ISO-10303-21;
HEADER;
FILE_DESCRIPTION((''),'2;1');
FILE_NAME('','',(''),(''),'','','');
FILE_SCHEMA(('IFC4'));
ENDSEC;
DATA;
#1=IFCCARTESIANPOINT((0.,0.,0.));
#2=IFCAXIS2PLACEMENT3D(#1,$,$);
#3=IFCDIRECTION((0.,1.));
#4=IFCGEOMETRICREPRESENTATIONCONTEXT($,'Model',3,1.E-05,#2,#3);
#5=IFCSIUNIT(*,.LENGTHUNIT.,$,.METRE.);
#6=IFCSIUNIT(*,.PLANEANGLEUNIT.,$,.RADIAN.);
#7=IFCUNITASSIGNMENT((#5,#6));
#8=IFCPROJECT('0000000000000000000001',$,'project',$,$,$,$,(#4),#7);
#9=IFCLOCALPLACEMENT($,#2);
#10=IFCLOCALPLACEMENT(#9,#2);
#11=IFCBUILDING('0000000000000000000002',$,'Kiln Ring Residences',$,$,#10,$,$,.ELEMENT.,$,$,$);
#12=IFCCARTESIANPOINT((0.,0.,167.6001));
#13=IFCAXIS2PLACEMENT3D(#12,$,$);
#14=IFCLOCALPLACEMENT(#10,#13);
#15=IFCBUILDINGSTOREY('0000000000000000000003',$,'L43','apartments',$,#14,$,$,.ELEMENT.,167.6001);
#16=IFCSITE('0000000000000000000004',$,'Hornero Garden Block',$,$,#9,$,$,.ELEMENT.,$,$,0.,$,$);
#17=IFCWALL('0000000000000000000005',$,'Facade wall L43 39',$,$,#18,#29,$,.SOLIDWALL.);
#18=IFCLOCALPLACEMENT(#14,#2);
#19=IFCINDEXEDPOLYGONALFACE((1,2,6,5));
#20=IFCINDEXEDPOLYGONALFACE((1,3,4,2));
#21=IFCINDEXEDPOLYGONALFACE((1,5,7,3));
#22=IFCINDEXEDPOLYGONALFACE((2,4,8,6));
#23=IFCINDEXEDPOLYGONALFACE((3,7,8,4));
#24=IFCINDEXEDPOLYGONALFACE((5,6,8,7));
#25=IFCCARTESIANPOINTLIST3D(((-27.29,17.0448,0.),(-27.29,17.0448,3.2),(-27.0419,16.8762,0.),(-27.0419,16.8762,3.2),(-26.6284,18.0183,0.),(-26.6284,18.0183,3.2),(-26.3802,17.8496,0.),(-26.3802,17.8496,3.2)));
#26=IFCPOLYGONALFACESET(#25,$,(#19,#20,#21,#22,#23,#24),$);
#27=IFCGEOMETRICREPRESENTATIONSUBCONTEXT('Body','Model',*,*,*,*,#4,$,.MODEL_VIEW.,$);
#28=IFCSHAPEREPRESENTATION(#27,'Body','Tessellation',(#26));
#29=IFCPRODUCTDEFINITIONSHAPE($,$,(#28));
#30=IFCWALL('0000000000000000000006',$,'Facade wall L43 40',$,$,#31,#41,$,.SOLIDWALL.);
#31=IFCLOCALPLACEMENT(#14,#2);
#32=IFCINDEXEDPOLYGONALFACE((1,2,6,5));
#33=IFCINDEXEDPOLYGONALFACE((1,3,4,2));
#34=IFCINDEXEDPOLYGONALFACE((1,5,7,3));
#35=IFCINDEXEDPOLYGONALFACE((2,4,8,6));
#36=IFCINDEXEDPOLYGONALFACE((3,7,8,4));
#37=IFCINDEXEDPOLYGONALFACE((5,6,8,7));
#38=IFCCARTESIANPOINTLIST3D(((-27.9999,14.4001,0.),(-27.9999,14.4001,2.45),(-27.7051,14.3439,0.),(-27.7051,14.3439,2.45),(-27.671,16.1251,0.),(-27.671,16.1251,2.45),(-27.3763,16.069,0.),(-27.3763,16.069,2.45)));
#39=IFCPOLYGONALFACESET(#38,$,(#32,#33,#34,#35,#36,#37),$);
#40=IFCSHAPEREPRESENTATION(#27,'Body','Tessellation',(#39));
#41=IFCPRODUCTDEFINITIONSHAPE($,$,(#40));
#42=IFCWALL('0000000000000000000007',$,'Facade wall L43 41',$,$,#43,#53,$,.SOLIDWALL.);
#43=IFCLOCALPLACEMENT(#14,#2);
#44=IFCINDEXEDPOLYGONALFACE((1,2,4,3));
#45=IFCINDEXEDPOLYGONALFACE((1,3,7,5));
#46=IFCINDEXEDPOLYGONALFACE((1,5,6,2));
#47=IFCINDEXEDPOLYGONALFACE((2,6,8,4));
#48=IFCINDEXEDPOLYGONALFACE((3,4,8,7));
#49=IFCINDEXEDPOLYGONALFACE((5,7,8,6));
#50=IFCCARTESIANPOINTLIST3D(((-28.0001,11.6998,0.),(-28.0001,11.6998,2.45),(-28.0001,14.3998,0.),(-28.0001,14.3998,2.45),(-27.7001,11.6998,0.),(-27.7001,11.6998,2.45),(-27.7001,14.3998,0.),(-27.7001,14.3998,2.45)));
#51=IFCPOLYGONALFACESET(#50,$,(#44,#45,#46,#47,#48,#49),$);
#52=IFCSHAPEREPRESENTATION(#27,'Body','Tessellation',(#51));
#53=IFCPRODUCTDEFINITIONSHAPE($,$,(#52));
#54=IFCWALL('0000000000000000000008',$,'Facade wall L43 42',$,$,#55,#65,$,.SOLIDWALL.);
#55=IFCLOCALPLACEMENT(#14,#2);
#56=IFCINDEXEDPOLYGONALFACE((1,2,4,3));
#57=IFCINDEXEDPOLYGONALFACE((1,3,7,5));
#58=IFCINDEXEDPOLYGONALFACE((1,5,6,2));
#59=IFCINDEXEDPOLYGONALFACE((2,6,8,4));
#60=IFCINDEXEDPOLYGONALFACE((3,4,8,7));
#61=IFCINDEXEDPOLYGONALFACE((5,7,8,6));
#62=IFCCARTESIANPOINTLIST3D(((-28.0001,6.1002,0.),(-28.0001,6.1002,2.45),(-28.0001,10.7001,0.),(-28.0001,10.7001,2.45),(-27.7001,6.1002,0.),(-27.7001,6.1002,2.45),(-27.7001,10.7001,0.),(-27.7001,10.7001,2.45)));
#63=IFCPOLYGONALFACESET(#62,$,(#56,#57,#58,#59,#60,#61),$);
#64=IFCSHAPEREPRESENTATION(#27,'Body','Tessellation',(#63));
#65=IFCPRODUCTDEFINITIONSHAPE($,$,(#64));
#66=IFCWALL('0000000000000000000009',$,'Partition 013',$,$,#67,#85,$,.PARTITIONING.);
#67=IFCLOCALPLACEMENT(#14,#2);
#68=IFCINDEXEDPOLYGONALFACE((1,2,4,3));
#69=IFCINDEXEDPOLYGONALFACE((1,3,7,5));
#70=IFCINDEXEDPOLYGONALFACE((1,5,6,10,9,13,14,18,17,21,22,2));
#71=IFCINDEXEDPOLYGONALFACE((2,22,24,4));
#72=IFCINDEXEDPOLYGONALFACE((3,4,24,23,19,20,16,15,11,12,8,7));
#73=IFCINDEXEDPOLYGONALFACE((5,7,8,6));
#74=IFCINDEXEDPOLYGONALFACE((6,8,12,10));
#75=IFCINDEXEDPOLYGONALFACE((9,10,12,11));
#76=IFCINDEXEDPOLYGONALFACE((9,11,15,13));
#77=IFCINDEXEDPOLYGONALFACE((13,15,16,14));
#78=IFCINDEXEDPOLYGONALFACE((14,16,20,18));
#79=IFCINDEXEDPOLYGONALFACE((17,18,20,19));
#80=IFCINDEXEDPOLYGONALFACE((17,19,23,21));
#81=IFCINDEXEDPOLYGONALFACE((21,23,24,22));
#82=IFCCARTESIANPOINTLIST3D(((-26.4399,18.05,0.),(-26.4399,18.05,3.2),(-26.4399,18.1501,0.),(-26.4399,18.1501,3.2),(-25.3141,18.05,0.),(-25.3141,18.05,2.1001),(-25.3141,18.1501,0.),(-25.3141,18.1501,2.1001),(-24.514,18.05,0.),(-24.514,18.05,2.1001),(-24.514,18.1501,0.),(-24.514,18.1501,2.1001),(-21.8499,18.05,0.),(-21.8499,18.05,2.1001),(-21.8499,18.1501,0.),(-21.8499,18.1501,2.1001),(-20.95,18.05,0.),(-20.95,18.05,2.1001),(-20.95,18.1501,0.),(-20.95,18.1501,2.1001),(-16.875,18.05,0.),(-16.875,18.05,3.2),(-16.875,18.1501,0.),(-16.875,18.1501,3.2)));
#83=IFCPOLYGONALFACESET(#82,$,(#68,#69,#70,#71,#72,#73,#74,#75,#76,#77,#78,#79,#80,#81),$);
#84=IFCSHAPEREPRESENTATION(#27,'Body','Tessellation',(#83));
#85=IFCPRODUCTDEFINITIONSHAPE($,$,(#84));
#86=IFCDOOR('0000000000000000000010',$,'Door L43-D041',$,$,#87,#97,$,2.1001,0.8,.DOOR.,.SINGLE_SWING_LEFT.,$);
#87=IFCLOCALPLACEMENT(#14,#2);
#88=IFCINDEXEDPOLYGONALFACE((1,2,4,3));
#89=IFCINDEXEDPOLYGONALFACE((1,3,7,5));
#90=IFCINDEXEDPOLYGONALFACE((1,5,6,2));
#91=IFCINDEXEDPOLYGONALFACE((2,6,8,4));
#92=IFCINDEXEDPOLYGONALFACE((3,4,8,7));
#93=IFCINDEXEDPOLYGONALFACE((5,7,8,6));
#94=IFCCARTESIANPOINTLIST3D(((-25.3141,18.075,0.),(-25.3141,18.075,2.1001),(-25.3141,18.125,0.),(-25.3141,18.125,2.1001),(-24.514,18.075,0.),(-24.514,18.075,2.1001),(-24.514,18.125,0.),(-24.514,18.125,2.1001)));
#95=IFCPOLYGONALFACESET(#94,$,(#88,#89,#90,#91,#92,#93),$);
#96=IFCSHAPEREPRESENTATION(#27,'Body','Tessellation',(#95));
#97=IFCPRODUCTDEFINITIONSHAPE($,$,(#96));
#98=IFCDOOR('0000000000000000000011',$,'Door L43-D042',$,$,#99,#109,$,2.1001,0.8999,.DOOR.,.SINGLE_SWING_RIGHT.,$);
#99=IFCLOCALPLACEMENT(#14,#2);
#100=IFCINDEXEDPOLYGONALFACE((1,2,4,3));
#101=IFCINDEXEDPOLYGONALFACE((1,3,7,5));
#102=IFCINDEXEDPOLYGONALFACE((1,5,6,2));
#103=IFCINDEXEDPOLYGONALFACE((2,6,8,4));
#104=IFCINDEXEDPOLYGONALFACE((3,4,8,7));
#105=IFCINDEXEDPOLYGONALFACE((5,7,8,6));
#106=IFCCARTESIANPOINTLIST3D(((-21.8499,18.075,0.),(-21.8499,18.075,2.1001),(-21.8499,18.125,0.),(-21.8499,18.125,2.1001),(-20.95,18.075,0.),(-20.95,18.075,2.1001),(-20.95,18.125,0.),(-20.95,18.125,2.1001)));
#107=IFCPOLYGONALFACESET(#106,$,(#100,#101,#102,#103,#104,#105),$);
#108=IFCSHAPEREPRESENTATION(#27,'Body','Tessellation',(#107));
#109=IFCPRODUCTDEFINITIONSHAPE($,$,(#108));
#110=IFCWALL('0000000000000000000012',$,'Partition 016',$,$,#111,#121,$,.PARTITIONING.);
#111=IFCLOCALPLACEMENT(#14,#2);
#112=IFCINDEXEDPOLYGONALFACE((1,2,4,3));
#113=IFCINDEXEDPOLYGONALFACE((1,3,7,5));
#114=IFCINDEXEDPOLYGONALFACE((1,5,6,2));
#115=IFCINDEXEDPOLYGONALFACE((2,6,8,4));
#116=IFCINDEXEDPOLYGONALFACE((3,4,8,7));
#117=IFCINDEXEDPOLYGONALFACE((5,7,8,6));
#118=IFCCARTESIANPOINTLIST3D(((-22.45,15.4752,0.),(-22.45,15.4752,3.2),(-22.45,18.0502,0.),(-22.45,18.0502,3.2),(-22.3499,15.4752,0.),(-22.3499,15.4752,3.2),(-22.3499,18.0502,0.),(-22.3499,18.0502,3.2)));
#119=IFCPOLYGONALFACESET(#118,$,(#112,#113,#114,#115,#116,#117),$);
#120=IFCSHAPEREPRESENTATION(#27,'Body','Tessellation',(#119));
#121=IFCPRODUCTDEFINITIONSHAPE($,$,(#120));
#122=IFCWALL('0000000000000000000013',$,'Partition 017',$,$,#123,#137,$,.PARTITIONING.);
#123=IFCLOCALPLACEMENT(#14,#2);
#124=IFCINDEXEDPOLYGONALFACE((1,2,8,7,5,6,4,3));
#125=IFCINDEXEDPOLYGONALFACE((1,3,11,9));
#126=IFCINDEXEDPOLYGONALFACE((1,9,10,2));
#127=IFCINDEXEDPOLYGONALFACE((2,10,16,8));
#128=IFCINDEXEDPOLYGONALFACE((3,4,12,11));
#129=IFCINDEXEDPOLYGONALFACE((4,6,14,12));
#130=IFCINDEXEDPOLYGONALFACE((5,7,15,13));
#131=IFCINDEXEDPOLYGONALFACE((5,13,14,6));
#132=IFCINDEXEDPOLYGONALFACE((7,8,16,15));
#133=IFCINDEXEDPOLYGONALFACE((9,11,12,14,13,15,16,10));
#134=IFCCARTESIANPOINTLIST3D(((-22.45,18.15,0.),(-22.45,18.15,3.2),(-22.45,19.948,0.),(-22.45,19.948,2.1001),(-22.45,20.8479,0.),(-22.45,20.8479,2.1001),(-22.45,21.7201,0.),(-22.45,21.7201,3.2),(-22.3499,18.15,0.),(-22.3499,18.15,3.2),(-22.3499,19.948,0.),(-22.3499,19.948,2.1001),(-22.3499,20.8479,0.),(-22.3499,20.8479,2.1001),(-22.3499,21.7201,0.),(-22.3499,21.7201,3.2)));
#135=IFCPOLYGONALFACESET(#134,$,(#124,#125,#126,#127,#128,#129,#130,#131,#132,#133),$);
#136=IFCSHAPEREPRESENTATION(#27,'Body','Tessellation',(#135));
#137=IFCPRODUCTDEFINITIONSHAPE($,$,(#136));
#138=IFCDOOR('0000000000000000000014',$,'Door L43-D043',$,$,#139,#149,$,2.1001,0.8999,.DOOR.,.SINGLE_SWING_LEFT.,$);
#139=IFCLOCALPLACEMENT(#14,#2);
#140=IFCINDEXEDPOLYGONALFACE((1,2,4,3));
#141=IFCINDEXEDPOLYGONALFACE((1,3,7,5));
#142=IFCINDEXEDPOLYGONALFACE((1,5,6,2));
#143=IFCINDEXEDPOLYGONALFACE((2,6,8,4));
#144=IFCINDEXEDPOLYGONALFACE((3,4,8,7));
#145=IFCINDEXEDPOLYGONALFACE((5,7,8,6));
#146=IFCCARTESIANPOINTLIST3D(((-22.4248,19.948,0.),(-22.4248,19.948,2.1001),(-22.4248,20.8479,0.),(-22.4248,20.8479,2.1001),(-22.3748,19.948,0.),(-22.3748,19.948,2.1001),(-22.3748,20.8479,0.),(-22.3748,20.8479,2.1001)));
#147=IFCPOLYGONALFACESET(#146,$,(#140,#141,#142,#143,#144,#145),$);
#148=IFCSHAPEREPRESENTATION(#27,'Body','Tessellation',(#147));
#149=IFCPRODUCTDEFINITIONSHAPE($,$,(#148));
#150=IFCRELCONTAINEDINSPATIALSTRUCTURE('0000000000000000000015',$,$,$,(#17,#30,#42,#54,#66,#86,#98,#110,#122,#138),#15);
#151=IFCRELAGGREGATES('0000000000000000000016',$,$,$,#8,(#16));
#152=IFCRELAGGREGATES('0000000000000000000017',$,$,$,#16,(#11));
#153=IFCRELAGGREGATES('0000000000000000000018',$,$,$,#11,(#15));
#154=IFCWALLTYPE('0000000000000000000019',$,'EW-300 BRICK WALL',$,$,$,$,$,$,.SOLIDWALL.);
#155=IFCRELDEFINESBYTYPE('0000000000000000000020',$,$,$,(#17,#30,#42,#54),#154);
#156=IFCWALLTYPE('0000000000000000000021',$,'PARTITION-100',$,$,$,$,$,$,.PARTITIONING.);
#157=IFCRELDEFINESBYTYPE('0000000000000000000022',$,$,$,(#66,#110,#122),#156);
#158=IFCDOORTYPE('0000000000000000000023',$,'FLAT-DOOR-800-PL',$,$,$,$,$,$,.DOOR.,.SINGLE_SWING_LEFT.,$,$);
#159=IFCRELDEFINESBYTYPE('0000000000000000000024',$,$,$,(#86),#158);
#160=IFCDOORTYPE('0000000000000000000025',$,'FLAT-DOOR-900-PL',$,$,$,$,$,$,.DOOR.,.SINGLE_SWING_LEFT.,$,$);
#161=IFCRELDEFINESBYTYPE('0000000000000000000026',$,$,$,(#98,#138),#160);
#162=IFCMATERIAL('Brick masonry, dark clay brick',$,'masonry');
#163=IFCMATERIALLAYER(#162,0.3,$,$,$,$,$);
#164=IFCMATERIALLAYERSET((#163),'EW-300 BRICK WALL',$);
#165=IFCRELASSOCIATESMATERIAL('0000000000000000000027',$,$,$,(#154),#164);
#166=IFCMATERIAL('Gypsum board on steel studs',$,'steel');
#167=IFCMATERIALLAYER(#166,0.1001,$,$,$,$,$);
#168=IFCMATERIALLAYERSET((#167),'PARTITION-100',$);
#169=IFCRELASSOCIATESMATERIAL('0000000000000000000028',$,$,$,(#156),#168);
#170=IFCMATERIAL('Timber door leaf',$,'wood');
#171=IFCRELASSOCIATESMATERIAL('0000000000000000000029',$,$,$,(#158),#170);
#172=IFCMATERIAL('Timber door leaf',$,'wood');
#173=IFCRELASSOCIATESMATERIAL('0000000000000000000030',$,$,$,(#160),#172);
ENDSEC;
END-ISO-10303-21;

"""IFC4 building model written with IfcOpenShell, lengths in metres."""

from ifc_helpers import new_model, si_unit, direction, frame, frame_2d, origin, place, context, subcontext, project, spatial, rectangle, extrude, material, layer, layer_set, type_object, element, fill, save


model = new_model("IFC4")

# Units and contexts
model_context = context("Model", 3, precision=1e-05, world=origin(), true_north=direction((0.0, 1.0)))
body_context = subcontext(model_context, "Body", "Model", "MODEL_VIEW")
ifc_project = project(units=[si_unit("LENGTHUNIT", "METRE"), si_unit("PLANEANGLEUNIT", "RADIAN")], contexts=[model_context])

# Site, building, storey
site_placement = place(None, origin())
site = spatial("IfcSite", under=ifc_project, at=site_placement, Name="Hornero Garden Block", CompositionType="ELEMENT", RefElevation=0.0)
building_placement = place(site_placement, origin())
building = spatial("IfcBuilding", under=site, at=building_placement, Name="Kiln Ring Residences", CompositionType="ELEMENT")
storey_placement = place(building_placement, frame((0.0, 0.0, 167.6001)))
storey = spatial("IfcBuildingStorey", under=building, at=storey_placement, Name="L43", Description="apartments", CompositionType="ELEMENT", Elevation=167.6001)

# Shared definitions
ifc_material_1 = material(Name="Brick masonry, dark clay brick", Category="masonry")
ifc_layer_1 = layer(ifc_material_1, 0.3)
ifc_layer_set_1 = layer_set([ifc_layer_1], Name="EW-300 BRICK WALL")
wall_type_1 = type_object("IfcWallType", Name="EW-300 BRICK WALL", PredefinedType="SOLIDWALL", material=ifc_layer_set_1)

# Walls
wall_1_placement = place(storey_placement, frame((-26.5044, 17.9338, 0.0), z_axis=(0.0, 0.0, 1.0), x_axis=(-0.562145, -0.827038, 0.0)))
element("IfcWall", 1, at=wall_1_placement, inside=storey, type_object=wall_type_1, Name="Facade wall L43 39", PredefinedType="SOLIDWALL", context=body_context, shape_type="SweptSolid", body=[
    extrude(rectangle(XDim=1.177, YDim=0.3, at=frame_2d((0.5884, 0.0))), origin(), (0.0, 0.0, 1.0), 3.2),
])
wall_2_placement = place(storey_placement, frame((-27.5237, 16.0969, 0.0), z_axis=(0.0, 0.0, 1.0), x_axis=(-0.187259, -0.982311, 0.0)))
element("IfcWall", 2, at=wall_2_placement, inside=storey, type_object=wall_type_1, Name="Facade wall L43 40", PredefinedType="SOLIDWALL", context=body_context, shape_type="SweptSolid", body=[
    extrude(rectangle(XDim=1.7561, YDim=0.3, at=frame_2d((0.8779, 0.0))), origin(), (0.0, 0.0, 1.0), 2.45),
])
wall_3_placement = place(storey_placement, frame((-27.8501, 14.3999, 0.0), z_axis=(0.0, 0.0, 1.0), x_axis=(0.0, -1.0, 0.0)))
element("IfcWall", 3, at=wall_3_placement, inside=storey, type_object=wall_type_1, Name="Facade wall L43 41", PredefinedType="SOLIDWALL", context=body_context, shape_type="SweptSolid", body=[
    extrude(rectangle(XDim=2.7, YDim=0.3, at=frame_2d((1.3501, 0.0))), origin(), (0.0, 0.0, 1.0), 2.45),
])
wall_4_placement = place(storey_placement, frame((-27.8501, 10.7, 0.0), z_axis=(0.0, 0.0, 1.0), x_axis=(0.0, -1.0, 0.0)))
element("IfcWall", 4, at=wall_4_placement, inside=storey, type_object=wall_type_1, Name="Facade wall L43 42", PredefinedType="SOLIDWALL", context=body_context, shape_type="SweptSolid", body=[
    extrude(rectangle(XDim=4.5999, YDim=0.3, at=frame_2d((2.2998, 0.0))), origin(), (0.0, 0.0, 1.0), 2.45),
])

# Wall, openings, doors
ifc_material_2 = material(Name="Gypsum board on steel studs", Category="steel")
ifc_layer_2 = layer(ifc_material_2, 0.1001)
ifc_layer_set_2 = layer_set([ifc_layer_2], Name="PARTITION-100")
wall_type_2 = type_object("IfcWallType", Name="PARTITION-100", PredefinedType="PARTITIONING", material=ifc_layer_set_2)
wall_5_placement = place(storey_placement, frame((-26.4399, 18.1001, 0.0), z_axis=(0.0, 0.0, 1.0), x_axis=(1.0, 0.0, 0.0)))
wall_5 = element("IfcWall", 5, at=wall_5_placement, inside=storey, type_object=wall_type_2, Name="Partition 013", PredefinedType="PARTITIONING", context=body_context, shape_type="SweptSolid", body=[
    extrude(rectangle(XDim=9.5649, YDim=0.1001, at=frame_2d((4.7825, 0.0))), origin(), (0.0, 0.0, 1.0), 3.2),
])
opening_1_placement = place(wall_5_placement, frame((1.126, 0.0, 0.0)))
opening_1 = element("IfcOpeningElement", 6, at=opening_1_placement, cuts=wall_5, PredefinedType="OPENING", context=body_context, shape_type="SweptSolid", body=[
    extrude(rectangle(XDim=0.8, YDim=2.1001, at=frame_2d((0.3999, 1.05))), frame((0.0, 0.0601, 0.0), z_axis=(0.0, -1.0, 0.0), x_axis=(1.0, 0.0, 0.0)), (0.0, 0.0, 1.0), 0.1201),
])
opening_2_placement = place(wall_5_placement, frame((4.5901, 0.0, 0.0)))
opening_2 = element("IfcOpeningElement", 7, at=opening_2_placement, cuts=wall_5, PredefinedType="OPENING", context=body_context, shape_type="SweptSolid", body=[
    extrude(rectangle(XDim=0.8999, YDim=2.1001, at=frame_2d((0.45, 1.05))), frame((0.0, 0.0601, 0.0), z_axis=(0.0, -1.0, 0.0), x_axis=(1.0, 0.0, 0.0)), (0.0, 0.0, 1.0), 0.1201),
])
ifc_material_3 = material(Name="Timber door leaf", Category="wood")
door_type_1 = type_object("IfcDoorType", Name="FLAT-DOOR-800-PL", OperationType="SINGLE_SWING_LEFT", PredefinedType="DOOR", material=ifc_material_3)
door_1_placement = place(opening_1_placement, origin())
door_1 = element("IfcDoor", 8, at=door_1_placement, inside=storey, type_object=door_type_1, Name="Door L43-D041", OperationType="SINGLE_SWING_LEFT", OverallHeight=2.1001, OverallWidth=0.8, PredefinedType="DOOR", context=body_context, shape_type="SweptSolid", body=[
    extrude(rectangle(XDim=0.8, YDim=2.1001, at=frame_2d((0.3999, 1.05))), frame((0.0, 0.0249, 0.0), z_axis=(0.0, -1.0, 0.0), x_axis=(1.0, 0.0, 0.0)), (0.0, 0.0, 1.0), 0.05),
])
fill(opening_1, door_1)
ifc_material_4 = material(Name="Timber door leaf", Category="wood")
door_type_2 = type_object("IfcDoorType", Name="FLAT-DOOR-900-PL", OperationType="SINGLE_SWING_LEFT", PredefinedType="DOOR", material=ifc_material_4)
door_2_placement = place(opening_2_placement, origin())
door_2 = element("IfcDoor", 9, at=door_2_placement, inside=storey, type_object=door_type_2, Name="Door L43-D042", OperationType="SINGLE_SWING_RIGHT", OverallHeight=2.1001, OverallWidth=0.8999, PredefinedType="DOOR", context=body_context, shape_type="SweptSolid", body=[
    extrude(rectangle(XDim=0.8999, YDim=2.1001, at=frame_2d((0.45, 1.05))), frame((0.0, 0.0249, 0.0), z_axis=(0.0, -1.0, 0.0), x_axis=(1.0, 0.0, 0.0)), (0.0, 0.0, 1.0), 0.05),
])
fill(opening_2, door_2)

# Wall
wall_6_placement = place(storey_placement, frame((-22.3999, 15.4751, 0.0), z_axis=(0.0, 0.0, 1.0), x_axis=(0.0, 1.0, 0.0)))
element("IfcWall", 10, at=wall_6_placement, inside=storey, type_object=wall_type_2, Name="Partition 016", PredefinedType="PARTITIONING", context=body_context, shape_type="SweptSolid", body=[
    extrude(rectangle(XDim=2.575, YDim=0.1001, at=frame_2d((1.2876, 0.0))), origin(), (0.0, 0.0, 1.0), 3.2),
])

# Wall, opening, door
wall_7_placement = place(storey_placement, frame((-22.3999, 18.1499, 0.0), z_axis=(0.0, 0.0, 1.0), x_axis=(0.0, 1.0, 0.0)))
wall_7 = element("IfcWall", 11, at=wall_7_placement, inside=storey, type_object=wall_type_2, Name="Partition 017", PredefinedType="PARTITIONING", context=body_context, shape_type="SweptSolid", body=[
    extrude(rectangle(XDim=3.5701, YDim=0.1001, at=frame_2d((1.7852, 0.0))), origin(), (0.0, 0.0, 1.0), 3.2),
])
opening_3_placement = place(wall_7_placement, frame((1.7981, 0.0, 0.0)))
opening_3 = element("IfcOpeningElement", 12, at=opening_3_placement, cuts=wall_7, PredefinedType="OPENING", context=body_context, shape_type="SweptSolid", body=[
    extrude(rectangle(XDim=0.8999, YDim=2.1001, at=frame_2d((0.45, 1.05))), frame((0.0, 0.0601, 0.0), z_axis=(0.0, -1.0, 0.0), x_axis=(1.0, 0.0, 0.0)), (0.0, 0.0, 1.0), 0.1201),
])
door_3_placement = place(opening_3_placement, origin())
door_3 = element("IfcDoor", 13, at=door_3_placement, inside=storey, type_object=door_type_2, Name="Door L43-D043", OperationType="SINGLE_SWING_LEFT", OverallHeight=2.1001, OverallWidth=0.8999, PredefinedType="DOOR", context=body_context, shape_type="SweptSolid", body=[
    extrude(rectangle(XDim=0.8999, YDim=2.1001, at=frame_2d((0.45, 1.05))), frame((0.0, 0.0249, 0.0), z_axis=(0.0, -1.0, 0.0), x_axis=(1.0, 0.0, 0.0)), (0.0, 0.0, 1.0), 0.05),
])
fill(opening_3, door_3)

save(model, "model.ifc")
